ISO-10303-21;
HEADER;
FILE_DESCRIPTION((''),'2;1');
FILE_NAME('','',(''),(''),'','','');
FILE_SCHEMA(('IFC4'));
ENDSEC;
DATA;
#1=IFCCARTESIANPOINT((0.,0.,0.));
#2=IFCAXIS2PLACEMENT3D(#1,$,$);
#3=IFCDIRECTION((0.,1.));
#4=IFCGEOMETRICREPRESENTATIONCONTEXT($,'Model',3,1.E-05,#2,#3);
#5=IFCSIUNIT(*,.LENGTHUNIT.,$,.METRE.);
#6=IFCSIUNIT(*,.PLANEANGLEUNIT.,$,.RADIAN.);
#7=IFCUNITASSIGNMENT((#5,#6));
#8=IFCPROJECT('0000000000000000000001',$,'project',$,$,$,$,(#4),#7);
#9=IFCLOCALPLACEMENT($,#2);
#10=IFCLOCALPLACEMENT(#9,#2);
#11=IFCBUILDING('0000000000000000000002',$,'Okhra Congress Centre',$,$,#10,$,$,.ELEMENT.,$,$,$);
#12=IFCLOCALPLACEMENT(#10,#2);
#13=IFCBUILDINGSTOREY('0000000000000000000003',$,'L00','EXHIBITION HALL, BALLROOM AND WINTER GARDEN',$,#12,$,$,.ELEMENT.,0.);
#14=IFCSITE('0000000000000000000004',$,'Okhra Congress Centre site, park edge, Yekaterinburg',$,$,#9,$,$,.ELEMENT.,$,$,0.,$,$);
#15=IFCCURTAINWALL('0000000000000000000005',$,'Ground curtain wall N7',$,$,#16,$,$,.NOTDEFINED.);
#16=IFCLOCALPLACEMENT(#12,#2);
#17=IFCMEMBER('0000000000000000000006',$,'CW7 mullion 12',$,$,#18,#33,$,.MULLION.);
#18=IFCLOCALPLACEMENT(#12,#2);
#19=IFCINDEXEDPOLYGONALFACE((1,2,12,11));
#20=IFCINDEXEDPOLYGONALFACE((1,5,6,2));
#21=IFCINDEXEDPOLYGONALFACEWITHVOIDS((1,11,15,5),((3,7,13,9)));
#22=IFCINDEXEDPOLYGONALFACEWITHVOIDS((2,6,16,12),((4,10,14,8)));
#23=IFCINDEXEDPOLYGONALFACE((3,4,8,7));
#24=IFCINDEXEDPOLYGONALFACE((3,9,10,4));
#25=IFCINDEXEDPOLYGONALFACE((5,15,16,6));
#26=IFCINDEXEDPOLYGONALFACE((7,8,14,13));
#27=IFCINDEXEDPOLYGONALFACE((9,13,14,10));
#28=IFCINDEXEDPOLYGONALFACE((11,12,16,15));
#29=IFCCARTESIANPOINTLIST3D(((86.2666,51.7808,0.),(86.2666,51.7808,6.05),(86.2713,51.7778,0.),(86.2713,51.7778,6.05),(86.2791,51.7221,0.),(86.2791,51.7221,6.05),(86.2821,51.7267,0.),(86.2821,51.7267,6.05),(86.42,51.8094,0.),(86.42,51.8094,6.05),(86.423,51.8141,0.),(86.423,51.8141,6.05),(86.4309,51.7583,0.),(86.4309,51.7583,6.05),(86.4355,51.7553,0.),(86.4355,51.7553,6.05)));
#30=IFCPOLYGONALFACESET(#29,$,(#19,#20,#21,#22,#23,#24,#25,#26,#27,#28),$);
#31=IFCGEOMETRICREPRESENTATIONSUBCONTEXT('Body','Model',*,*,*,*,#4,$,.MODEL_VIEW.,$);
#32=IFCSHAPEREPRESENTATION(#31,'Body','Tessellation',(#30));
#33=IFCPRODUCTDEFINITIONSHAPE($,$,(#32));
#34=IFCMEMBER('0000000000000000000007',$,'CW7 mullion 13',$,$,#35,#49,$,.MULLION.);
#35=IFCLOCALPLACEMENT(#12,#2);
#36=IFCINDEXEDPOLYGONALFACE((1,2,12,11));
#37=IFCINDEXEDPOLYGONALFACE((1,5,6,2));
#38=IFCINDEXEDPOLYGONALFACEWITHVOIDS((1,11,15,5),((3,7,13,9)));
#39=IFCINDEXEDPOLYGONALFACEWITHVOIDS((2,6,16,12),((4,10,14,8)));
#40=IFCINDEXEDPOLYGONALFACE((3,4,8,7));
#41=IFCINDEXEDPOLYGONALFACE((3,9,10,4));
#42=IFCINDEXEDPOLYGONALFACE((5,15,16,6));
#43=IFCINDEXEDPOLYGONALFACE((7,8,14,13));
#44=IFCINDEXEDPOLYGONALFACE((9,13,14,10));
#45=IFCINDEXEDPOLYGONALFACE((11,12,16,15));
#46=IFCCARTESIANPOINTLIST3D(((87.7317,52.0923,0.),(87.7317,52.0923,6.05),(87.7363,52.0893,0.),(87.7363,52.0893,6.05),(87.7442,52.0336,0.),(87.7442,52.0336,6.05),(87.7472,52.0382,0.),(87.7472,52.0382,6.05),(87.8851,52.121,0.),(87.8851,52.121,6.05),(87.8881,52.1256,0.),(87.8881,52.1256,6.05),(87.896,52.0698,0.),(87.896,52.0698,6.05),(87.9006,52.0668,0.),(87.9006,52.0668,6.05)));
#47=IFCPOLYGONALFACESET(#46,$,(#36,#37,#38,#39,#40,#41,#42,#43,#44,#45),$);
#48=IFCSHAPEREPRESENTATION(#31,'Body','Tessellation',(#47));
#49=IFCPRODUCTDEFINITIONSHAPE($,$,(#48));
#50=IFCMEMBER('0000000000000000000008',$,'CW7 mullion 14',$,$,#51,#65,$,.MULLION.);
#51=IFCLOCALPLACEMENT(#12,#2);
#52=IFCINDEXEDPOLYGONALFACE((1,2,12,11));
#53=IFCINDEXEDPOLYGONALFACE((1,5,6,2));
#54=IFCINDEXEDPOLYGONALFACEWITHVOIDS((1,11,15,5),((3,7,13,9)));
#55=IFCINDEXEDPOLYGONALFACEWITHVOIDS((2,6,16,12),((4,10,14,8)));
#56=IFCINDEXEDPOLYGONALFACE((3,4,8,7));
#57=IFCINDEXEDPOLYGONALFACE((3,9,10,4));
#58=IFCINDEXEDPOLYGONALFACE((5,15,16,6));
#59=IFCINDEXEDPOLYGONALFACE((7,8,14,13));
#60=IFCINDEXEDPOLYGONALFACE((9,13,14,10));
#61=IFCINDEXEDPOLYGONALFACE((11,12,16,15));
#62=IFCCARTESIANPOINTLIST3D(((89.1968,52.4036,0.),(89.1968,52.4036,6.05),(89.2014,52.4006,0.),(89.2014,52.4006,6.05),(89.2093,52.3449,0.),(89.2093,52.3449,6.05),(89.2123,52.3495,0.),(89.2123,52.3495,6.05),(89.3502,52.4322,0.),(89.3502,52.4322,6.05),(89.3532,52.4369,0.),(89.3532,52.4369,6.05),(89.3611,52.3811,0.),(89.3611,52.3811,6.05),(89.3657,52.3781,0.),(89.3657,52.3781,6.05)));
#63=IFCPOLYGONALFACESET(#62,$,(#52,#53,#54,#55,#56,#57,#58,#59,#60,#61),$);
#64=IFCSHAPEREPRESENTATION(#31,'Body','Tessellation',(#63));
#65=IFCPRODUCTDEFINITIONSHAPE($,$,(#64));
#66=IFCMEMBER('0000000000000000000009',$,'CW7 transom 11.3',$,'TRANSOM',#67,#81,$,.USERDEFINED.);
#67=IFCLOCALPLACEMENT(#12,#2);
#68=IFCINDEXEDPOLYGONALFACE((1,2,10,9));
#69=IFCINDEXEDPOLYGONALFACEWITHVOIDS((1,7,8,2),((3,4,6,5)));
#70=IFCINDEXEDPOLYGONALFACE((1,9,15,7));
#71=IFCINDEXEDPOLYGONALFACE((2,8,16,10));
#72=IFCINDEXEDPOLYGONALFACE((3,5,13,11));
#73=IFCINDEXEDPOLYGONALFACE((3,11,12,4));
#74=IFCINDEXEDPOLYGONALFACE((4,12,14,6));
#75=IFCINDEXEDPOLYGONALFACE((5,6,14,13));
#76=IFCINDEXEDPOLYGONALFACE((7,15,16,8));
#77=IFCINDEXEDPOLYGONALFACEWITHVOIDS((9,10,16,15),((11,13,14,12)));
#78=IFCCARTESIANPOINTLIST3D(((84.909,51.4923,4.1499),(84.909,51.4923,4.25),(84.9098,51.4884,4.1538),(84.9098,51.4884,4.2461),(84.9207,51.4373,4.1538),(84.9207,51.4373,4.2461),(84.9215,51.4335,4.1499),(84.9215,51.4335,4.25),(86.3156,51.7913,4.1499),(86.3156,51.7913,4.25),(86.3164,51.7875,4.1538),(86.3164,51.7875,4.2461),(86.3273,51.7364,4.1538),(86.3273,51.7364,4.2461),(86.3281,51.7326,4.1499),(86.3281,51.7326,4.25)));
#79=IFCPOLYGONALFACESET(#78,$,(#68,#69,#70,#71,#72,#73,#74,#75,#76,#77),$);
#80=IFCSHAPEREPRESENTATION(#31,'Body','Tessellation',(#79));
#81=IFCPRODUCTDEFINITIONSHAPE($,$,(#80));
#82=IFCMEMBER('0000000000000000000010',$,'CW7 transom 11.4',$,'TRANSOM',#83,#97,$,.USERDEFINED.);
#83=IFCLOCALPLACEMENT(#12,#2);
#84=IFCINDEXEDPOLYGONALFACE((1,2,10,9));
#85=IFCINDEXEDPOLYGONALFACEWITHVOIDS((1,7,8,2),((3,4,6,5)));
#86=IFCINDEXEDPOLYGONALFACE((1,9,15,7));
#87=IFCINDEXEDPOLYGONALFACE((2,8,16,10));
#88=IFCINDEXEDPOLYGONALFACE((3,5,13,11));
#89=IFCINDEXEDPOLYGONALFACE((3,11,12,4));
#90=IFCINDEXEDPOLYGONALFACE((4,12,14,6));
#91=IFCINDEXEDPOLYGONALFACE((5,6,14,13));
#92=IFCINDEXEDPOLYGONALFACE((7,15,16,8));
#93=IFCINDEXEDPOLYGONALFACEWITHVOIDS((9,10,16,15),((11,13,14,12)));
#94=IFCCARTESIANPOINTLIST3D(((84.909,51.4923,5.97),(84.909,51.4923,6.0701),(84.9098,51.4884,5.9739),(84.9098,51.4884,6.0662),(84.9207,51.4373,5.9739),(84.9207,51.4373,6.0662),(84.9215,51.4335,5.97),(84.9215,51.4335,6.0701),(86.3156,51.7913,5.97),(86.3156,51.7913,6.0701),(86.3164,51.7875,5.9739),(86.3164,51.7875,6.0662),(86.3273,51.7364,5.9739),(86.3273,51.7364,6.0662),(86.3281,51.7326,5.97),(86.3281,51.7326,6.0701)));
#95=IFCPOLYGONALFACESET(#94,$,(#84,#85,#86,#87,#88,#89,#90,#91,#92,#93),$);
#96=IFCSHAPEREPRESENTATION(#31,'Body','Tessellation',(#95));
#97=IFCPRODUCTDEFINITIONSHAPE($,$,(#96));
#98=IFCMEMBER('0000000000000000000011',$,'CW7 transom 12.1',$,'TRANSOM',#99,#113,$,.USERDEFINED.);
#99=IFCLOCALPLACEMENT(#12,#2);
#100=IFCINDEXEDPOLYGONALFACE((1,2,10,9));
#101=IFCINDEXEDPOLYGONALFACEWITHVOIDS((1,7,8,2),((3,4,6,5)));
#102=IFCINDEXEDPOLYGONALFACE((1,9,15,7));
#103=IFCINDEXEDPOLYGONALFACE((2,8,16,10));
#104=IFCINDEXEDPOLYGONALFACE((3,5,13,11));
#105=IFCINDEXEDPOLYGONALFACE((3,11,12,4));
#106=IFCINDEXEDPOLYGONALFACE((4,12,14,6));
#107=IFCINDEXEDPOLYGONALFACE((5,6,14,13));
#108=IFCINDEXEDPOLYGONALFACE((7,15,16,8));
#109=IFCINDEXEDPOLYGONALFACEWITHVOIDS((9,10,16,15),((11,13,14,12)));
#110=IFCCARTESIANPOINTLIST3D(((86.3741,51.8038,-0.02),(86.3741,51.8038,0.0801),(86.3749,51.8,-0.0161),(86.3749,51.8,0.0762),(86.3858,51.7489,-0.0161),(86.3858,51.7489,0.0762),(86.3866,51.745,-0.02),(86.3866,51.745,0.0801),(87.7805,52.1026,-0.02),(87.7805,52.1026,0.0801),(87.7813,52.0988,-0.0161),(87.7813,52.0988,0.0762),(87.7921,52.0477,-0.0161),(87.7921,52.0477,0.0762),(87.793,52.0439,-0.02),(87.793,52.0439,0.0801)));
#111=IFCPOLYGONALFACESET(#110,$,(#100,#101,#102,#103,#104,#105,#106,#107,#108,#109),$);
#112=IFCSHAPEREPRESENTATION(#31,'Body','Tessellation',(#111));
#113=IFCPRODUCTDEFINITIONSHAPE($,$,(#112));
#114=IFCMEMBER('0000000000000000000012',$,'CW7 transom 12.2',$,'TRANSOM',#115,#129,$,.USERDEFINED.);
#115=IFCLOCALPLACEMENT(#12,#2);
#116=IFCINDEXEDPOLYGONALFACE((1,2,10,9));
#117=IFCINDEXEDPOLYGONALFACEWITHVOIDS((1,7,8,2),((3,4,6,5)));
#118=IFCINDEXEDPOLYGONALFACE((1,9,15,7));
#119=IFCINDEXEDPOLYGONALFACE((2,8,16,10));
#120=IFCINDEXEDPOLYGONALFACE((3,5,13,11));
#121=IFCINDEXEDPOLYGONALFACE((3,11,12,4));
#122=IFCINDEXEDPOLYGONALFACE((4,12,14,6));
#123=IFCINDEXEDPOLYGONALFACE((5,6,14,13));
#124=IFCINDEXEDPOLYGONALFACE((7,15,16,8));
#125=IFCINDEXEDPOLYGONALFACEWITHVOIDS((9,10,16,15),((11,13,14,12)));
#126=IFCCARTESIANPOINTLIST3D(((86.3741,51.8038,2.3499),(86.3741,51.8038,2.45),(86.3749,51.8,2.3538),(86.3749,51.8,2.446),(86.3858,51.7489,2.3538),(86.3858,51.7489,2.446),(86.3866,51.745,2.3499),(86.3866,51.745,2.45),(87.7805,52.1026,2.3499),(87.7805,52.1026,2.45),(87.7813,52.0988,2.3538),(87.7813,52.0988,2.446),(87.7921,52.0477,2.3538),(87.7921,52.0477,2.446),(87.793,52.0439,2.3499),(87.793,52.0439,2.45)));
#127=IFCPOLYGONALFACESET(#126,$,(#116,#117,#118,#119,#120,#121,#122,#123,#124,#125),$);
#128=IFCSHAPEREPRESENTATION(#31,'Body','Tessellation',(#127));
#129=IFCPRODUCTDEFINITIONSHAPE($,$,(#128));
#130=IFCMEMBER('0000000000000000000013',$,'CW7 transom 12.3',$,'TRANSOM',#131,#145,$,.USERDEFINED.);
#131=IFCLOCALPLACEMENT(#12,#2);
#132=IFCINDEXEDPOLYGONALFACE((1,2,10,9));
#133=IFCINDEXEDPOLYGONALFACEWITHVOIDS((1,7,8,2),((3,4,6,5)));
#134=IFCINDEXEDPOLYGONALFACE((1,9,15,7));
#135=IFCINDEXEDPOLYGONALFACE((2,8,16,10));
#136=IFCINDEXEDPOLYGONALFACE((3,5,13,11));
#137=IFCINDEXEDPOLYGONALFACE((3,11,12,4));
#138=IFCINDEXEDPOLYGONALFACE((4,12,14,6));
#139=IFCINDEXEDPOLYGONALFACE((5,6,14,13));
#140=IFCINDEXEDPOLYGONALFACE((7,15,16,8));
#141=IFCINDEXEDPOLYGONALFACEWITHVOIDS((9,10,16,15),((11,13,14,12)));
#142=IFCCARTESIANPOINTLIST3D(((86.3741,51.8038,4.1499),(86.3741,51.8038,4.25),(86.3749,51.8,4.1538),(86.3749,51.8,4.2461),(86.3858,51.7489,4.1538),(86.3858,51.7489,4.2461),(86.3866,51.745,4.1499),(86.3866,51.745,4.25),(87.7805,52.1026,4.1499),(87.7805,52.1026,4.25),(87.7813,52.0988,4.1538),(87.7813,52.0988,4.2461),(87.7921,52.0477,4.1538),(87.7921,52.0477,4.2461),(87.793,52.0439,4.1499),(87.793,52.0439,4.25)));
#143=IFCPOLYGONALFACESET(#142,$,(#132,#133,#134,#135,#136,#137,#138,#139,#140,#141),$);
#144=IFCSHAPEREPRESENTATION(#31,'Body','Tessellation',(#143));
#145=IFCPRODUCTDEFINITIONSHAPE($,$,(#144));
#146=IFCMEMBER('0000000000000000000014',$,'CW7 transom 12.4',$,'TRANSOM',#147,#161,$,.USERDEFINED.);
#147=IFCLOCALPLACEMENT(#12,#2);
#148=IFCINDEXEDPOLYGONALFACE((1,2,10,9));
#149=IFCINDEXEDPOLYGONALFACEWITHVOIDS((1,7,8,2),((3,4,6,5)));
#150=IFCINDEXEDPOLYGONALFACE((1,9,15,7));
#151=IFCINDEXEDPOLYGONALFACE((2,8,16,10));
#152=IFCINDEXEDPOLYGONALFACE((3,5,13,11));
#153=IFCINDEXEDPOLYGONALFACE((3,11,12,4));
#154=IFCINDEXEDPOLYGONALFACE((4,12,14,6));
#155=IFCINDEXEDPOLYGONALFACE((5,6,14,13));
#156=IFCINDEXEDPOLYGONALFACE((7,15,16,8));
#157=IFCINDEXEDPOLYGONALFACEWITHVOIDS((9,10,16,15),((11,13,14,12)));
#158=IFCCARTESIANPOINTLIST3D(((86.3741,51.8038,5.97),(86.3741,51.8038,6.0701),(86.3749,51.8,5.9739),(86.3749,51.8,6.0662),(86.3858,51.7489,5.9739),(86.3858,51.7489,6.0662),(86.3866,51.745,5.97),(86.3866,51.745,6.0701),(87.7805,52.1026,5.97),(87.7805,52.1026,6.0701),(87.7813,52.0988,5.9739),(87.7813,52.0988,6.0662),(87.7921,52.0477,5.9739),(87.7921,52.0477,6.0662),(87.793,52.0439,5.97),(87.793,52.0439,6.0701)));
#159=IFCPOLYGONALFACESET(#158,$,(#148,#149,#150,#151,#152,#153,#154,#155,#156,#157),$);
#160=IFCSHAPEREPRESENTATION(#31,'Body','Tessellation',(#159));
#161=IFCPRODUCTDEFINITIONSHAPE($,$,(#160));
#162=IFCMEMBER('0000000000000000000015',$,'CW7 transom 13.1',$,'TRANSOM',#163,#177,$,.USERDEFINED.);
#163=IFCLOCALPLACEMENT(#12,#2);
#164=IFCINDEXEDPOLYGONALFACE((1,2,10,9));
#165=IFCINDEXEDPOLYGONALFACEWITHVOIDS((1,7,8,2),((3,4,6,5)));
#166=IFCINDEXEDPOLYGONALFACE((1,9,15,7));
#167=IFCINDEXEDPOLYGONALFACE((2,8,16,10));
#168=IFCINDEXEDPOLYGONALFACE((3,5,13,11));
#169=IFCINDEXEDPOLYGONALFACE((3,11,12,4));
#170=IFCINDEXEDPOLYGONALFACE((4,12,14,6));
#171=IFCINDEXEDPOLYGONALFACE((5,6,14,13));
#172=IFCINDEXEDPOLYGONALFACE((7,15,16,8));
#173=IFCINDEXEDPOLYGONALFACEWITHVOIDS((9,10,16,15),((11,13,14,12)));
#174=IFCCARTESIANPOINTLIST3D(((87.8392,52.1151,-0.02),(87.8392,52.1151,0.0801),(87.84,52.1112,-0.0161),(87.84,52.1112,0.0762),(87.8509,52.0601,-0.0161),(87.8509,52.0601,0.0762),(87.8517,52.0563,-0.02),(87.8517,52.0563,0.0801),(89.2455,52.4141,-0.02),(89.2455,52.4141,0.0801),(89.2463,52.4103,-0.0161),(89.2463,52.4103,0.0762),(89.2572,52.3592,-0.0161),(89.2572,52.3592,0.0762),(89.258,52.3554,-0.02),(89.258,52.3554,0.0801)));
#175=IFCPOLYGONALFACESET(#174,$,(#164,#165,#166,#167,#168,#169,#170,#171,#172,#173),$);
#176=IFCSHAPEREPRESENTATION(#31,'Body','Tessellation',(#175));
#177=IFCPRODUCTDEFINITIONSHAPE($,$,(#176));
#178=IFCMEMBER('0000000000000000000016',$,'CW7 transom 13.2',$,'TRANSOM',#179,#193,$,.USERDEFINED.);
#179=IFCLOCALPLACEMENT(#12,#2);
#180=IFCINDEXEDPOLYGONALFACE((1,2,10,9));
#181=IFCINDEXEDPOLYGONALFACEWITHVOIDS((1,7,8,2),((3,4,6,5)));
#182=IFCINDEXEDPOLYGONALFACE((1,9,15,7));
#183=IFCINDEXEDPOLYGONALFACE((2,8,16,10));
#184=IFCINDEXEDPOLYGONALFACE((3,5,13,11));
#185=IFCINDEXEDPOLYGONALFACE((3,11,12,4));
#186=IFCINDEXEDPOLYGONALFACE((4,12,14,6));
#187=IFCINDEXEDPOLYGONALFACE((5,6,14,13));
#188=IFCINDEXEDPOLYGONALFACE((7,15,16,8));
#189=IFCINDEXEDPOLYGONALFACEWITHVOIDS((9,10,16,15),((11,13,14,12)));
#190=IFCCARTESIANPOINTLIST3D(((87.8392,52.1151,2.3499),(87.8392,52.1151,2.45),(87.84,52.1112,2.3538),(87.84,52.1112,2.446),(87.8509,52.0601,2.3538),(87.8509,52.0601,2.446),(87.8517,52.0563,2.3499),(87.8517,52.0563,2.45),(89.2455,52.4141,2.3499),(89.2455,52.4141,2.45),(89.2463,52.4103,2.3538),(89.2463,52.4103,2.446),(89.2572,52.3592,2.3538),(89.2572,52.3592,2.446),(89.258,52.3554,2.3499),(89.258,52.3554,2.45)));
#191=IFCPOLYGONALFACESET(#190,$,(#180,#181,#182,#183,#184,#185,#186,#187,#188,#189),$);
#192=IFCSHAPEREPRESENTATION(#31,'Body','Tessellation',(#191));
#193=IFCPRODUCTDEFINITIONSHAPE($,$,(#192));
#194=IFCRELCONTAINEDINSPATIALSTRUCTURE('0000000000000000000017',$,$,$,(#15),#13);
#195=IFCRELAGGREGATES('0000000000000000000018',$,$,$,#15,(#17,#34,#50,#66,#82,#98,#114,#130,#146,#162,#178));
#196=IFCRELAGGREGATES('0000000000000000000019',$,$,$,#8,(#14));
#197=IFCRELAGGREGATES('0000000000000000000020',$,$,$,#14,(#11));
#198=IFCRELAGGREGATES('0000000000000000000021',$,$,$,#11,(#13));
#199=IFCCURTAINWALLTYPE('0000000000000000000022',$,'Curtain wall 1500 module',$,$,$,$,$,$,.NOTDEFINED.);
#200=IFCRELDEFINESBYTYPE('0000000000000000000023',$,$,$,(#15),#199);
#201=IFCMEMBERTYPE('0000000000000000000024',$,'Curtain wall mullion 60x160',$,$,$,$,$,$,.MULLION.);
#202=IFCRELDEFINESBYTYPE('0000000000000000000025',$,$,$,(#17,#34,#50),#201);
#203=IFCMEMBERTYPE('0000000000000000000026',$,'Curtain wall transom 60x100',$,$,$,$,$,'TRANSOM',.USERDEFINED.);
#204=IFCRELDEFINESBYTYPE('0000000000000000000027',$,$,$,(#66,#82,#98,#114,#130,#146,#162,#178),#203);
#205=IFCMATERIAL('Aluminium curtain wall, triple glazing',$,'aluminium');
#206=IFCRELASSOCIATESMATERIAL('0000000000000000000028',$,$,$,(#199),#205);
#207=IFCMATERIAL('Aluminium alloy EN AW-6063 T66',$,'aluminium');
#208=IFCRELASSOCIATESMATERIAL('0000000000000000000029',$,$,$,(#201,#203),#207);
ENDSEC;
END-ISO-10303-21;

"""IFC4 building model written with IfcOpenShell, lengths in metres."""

from ifc_helpers import new_model, si_unit, direction, frame, origin, origin_2d, place, context, subcontext, project, spatial, hollow_rectangle, extrude, material, material_profile, profile_set, type_object, element, aggregate, save


model = new_model("IFC4")

# Units and contexts
model_context = context("Model", 3, precision=1e-05, world=origin(), true_north=direction((0.0, 1.0)))
body_context = subcontext(model_context, "Body", "Model", "MODEL_VIEW")
ifc_project = project(units=[si_unit("LENGTHUNIT", "METRE"), si_unit("PLANEANGLEUNIT", "RADIAN")], contexts=[model_context])

# Site, building, storey
site_placement = place(None, origin())
site = spatial("IfcSite", under=ifc_project, at=site_placement, Name="Okhra Congress Centre site, park edge, Yekaterinburg", CompositionType="ELEMENT", RefElevation=0.0)
building_placement = place(site_placement, origin())
building = spatial("IfcBuilding", under=site, at=building_placement, Name="Okhra Congress Centre", CompositionType="ELEMENT")
storey_placement = place(building_placement, origin())
storey = spatial("IfcBuildingStorey", under=building, at=storey_placement, Name="L00", Description="EXHIBITION HALL, BALLROOM AND WINTER GARDEN", CompositionType="ELEMENT", Elevation=0.0)

# Curtain wall, members
ifc_material_1 = material(Name="Aluminium curtain wall, triple glazing", Category="aluminium")
curtain_wall_type = type_object("IfcCurtainWallType", Name="Curtain wall 1500 module", PredefinedType="NOTDEFINED", material=ifc_material_1)
curtain_wall_placement = place(storey_placement, origin())
curtain_wall = element("IfcCurtainWall", 1, at=curtain_wall_placement, inside=storey, type_object=curtain_wall_type, Name="Ground curtain wall N7", PredefinedType="NOTDEFINED")
ifc_material_2 = material(Name="Aluminium alloy EN AW-6063 T66", Category="aluminium")
ifc_material_profile_1 = material_profile(ifc_material_2, hollow_rectangle(XDim=0.0601, YDim=0.1599, WallThickness=0.0039, at=origin_2d()), Name="RHS 60x160x4")
ifc_profile_set_1 = profile_set([ifc_material_profile_1], Name="Aluminium alloy EN AW-6063 T66")
member_type_1 = type_object("IfcMemberType", Name="Curtain wall mullion 60x160", PredefinedType="MULLION", material=ifc_profile_set_1)
member_1_placement = place(storey_placement, frame((86.3511, 51.7681, 0.0), z_axis=(0.0, 0.0, 1.0), x_axis=(-0.207912, 0.978148, 0.0)))
member_1 = element("IfcMember", 2, at=member_1_placement, type_object=member_type_1, Name="CW7 mullion 12", PredefinedType="MULLION", context=body_context, shape_type="SweptSolid", body=[
    extrude(hollow_rectangle(XDim=0.0601, YDim=0.1599, WallThickness=0.0039, at=origin_2d()), origin(), (0.0, 0.0, 1.0), 6.05),
])
member_2_placement = place(storey_placement, frame((87.8162, 52.0796, 0.0), z_axis=(0.0, 0.0, 1.0), x_axis=(-0.207912, 0.978148, 0.0)))
member_2 = element("IfcMember", 3, at=member_2_placement, type_object=member_type_1, Name="CW7 mullion 13", PredefinedType="MULLION", context=body_context, shape_type="SweptSolid", body=[
    extrude(hollow_rectangle(XDim=0.0601, YDim=0.1599, WallThickness=0.0039, at=origin_2d()), origin(), (0.0, 0.0, 1.0), 6.05),
])
member_3_placement = place(storey_placement, frame((89.2812, 52.3909, 0.0), z_axis=(0.0, 0.0, 1.0), x_axis=(-0.207912, 0.978148, 0.0)))
member_3 = element("IfcMember", 4, at=member_3_placement, type_object=member_type_1, Name="CW7 mullion 14", PredefinedType="MULLION", context=body_context, shape_type="SweptSolid", body=[
    extrude(hollow_rectangle(XDim=0.0601, YDim=0.1599, WallThickness=0.0039, at=origin_2d()), origin(), (0.0, 0.0, 1.0), 6.05),
])
ifc_material_profile_2 = material_profile(ifc_material_2, hollow_rectangle(XDim=0.0601, YDim=0.1001, WallThickness=0.0039, at=origin_2d()), Name="RHS 60x100x4")
ifc_profile_set_2 = profile_set([ifc_material_profile_2], Name="Aluminium alloy EN AW-6063 T66")
member_type_2 = type_object("IfcMemberType", Name="Curtain wall transom 60x100", ElementType="TRANSOM", PredefinedType="USERDEFINED", material=ifc_profile_set_2)
member_4_placement = place(storey_placement, frame((84.9153, 51.4629, 4.2), z_axis=(0.978132, 0.207987, 0.0), x_axis=(-0.207987, 0.978132, 0.0)))
member_4 = element("IfcMember", 5, at=member_4_placement, type_object=member_type_2, Name="CW7 transom 11.3", ObjectType="TRANSOM", PredefinedType="USERDEFINED", context=body_context, shape_type="SweptSolid", body=[
    extrude(hollow_rectangle(XDim=0.0601, YDim=0.1001, WallThickness=0.0039, at=origin_2d()), origin(), (0.0, 0.0, 1.0), 1.438),
])
member_5_placement = place(storey_placement, frame((84.9153, 51.4629, 6.02), z_axis=(0.978132, 0.207987, 0.0), x_axis=(-0.207987, 0.978132, 0.0)))
member_5 = element("IfcMember", 6, at=member_5_placement, type_object=member_type_2, Name="CW7 transom 11.4", ObjectType="TRANSOM", PredefinedType="USERDEFINED", context=body_context, shape_type="SweptSolid", body=[
    extrude(hollow_rectangle(XDim=0.0601, YDim=0.1001, WallThickness=0.0039, at=origin_2d()), origin(), (0.0, 0.0, 1.0), 1.438),
])
member_6_placement = place(storey_placement, frame((86.3804, 51.7744, 0.03), z_axis=(0.978159, 0.207859, 0.0), x_axis=(-0.207859, 0.978159, 0.0)))
member_6 = element("IfcMember", 7, at=member_6_placement, type_object=member_type_2, Name="CW7 transom 12.1", ObjectType="TRANSOM", PredefinedType="USERDEFINED", context=body_context, shape_type="SweptSolid", body=[
    extrude(hollow_rectangle(XDim=0.0601, YDim=0.1001, WallThickness=0.0039, at=origin_2d()), origin(), (0.0, 0.0, 1.0), 1.4377),
])
member_7_placement = place(storey_placement, frame((86.3804, 51.7744, 2.3999), z_axis=(0.978159, 0.207859, 0.0), x_axis=(-0.207859, 0.978159, 0.0)))
member_7 = element("IfcMember", 8, at=member_7_placement, type_object=member_type_2, Name="CW7 transom 12.2", ObjectType="TRANSOM", PredefinedType="USERDEFINED", context=body_context, shape_type="SweptSolid", body=[
    extrude(hollow_rectangle(XDim=0.0601, YDim=0.1001, WallThickness=0.0039, at=origin_2d()), origin(), (0.0, 0.0, 1.0), 1.4377),
])
member_8_placement = place(storey_placement, frame((86.3804, 51.7744, 4.2), z_axis=(0.978159, 0.207859, 0.0), x_axis=(-0.207859, 0.978159, 0.0)))
member_8 = element("IfcMember", 9, at=member_8_placement, type_object=member_type_2, Name="CW7 transom 12.3", ObjectType="TRANSOM", PredefinedType="USERDEFINED", context=body_context, shape_type="SweptSolid", body=[
    extrude(hollow_rectangle(XDim=0.0601, YDim=0.1001, WallThickness=0.0039, at=origin_2d()), origin(), (0.0, 0.0, 1.0), 1.4377),
])
member_9_placement = place(storey_placement, frame((86.3804, 51.7744, 6.02), z_axis=(0.978159, 0.207859, 0.0), x_axis=(-0.207859, 0.978159, 0.0)))
member_9 = element("IfcMember", 10, at=member_9_placement, type_object=member_type_2, Name="CW7 transom 12.4", ObjectType="TRANSOM", PredefinedType="USERDEFINED", context=body_context, shape_type="SweptSolid", body=[
    extrude(hollow_rectangle(XDim=0.0601, YDim=0.1001, WallThickness=0.0039, at=origin_2d()), origin(), (0.0, 0.0, 1.0), 1.4377),
])
member_10_placement = place(storey_placement, frame((87.8455, 52.0857, 0.03), z_axis=(0.978124, 0.208021, 0.0), x_axis=(-0.208021, 0.978124, 0.0)))
member_10 = element("IfcMember", 11, at=member_10_placement, type_object=member_type_2, Name="CW7 transom 13.1", ObjectType="TRANSOM", PredefinedType="USERDEFINED", context=body_context, shape_type="SweptSolid", body=[
    extrude(hollow_rectangle(XDim=0.0601, YDim=0.1001, WallThickness=0.0039, at=origin_2d()), origin(), (0.0, 0.0, 1.0), 1.4377),
])
member_11_placement = place(storey_placement, frame((87.8455, 52.0857, 2.3999), z_axis=(0.978124, 0.208021, 0.0), x_axis=(-0.208021, 0.978124, 0.0)))
member_11 = element("IfcMember", 12, at=member_11_placement, type_object=member_type_2, Name="CW7 transom 13.2", ObjectType="TRANSOM", PredefinedType="USERDEFINED", context=body_context, shape_type="SweptSolid", body=[
    extrude(hollow_rectangle(XDim=0.0601, YDim=0.1001, WallThickness=0.0039, at=origin_2d()), origin(), (0.0, 0.0, 1.0), 1.4377),
])
aggregate(curtain_wall, [member_1, member_2, member_3, member_4, member_5, member_6, member_7, member_8, member_9, member_10, member_11])

save(model, "model.ifc")
